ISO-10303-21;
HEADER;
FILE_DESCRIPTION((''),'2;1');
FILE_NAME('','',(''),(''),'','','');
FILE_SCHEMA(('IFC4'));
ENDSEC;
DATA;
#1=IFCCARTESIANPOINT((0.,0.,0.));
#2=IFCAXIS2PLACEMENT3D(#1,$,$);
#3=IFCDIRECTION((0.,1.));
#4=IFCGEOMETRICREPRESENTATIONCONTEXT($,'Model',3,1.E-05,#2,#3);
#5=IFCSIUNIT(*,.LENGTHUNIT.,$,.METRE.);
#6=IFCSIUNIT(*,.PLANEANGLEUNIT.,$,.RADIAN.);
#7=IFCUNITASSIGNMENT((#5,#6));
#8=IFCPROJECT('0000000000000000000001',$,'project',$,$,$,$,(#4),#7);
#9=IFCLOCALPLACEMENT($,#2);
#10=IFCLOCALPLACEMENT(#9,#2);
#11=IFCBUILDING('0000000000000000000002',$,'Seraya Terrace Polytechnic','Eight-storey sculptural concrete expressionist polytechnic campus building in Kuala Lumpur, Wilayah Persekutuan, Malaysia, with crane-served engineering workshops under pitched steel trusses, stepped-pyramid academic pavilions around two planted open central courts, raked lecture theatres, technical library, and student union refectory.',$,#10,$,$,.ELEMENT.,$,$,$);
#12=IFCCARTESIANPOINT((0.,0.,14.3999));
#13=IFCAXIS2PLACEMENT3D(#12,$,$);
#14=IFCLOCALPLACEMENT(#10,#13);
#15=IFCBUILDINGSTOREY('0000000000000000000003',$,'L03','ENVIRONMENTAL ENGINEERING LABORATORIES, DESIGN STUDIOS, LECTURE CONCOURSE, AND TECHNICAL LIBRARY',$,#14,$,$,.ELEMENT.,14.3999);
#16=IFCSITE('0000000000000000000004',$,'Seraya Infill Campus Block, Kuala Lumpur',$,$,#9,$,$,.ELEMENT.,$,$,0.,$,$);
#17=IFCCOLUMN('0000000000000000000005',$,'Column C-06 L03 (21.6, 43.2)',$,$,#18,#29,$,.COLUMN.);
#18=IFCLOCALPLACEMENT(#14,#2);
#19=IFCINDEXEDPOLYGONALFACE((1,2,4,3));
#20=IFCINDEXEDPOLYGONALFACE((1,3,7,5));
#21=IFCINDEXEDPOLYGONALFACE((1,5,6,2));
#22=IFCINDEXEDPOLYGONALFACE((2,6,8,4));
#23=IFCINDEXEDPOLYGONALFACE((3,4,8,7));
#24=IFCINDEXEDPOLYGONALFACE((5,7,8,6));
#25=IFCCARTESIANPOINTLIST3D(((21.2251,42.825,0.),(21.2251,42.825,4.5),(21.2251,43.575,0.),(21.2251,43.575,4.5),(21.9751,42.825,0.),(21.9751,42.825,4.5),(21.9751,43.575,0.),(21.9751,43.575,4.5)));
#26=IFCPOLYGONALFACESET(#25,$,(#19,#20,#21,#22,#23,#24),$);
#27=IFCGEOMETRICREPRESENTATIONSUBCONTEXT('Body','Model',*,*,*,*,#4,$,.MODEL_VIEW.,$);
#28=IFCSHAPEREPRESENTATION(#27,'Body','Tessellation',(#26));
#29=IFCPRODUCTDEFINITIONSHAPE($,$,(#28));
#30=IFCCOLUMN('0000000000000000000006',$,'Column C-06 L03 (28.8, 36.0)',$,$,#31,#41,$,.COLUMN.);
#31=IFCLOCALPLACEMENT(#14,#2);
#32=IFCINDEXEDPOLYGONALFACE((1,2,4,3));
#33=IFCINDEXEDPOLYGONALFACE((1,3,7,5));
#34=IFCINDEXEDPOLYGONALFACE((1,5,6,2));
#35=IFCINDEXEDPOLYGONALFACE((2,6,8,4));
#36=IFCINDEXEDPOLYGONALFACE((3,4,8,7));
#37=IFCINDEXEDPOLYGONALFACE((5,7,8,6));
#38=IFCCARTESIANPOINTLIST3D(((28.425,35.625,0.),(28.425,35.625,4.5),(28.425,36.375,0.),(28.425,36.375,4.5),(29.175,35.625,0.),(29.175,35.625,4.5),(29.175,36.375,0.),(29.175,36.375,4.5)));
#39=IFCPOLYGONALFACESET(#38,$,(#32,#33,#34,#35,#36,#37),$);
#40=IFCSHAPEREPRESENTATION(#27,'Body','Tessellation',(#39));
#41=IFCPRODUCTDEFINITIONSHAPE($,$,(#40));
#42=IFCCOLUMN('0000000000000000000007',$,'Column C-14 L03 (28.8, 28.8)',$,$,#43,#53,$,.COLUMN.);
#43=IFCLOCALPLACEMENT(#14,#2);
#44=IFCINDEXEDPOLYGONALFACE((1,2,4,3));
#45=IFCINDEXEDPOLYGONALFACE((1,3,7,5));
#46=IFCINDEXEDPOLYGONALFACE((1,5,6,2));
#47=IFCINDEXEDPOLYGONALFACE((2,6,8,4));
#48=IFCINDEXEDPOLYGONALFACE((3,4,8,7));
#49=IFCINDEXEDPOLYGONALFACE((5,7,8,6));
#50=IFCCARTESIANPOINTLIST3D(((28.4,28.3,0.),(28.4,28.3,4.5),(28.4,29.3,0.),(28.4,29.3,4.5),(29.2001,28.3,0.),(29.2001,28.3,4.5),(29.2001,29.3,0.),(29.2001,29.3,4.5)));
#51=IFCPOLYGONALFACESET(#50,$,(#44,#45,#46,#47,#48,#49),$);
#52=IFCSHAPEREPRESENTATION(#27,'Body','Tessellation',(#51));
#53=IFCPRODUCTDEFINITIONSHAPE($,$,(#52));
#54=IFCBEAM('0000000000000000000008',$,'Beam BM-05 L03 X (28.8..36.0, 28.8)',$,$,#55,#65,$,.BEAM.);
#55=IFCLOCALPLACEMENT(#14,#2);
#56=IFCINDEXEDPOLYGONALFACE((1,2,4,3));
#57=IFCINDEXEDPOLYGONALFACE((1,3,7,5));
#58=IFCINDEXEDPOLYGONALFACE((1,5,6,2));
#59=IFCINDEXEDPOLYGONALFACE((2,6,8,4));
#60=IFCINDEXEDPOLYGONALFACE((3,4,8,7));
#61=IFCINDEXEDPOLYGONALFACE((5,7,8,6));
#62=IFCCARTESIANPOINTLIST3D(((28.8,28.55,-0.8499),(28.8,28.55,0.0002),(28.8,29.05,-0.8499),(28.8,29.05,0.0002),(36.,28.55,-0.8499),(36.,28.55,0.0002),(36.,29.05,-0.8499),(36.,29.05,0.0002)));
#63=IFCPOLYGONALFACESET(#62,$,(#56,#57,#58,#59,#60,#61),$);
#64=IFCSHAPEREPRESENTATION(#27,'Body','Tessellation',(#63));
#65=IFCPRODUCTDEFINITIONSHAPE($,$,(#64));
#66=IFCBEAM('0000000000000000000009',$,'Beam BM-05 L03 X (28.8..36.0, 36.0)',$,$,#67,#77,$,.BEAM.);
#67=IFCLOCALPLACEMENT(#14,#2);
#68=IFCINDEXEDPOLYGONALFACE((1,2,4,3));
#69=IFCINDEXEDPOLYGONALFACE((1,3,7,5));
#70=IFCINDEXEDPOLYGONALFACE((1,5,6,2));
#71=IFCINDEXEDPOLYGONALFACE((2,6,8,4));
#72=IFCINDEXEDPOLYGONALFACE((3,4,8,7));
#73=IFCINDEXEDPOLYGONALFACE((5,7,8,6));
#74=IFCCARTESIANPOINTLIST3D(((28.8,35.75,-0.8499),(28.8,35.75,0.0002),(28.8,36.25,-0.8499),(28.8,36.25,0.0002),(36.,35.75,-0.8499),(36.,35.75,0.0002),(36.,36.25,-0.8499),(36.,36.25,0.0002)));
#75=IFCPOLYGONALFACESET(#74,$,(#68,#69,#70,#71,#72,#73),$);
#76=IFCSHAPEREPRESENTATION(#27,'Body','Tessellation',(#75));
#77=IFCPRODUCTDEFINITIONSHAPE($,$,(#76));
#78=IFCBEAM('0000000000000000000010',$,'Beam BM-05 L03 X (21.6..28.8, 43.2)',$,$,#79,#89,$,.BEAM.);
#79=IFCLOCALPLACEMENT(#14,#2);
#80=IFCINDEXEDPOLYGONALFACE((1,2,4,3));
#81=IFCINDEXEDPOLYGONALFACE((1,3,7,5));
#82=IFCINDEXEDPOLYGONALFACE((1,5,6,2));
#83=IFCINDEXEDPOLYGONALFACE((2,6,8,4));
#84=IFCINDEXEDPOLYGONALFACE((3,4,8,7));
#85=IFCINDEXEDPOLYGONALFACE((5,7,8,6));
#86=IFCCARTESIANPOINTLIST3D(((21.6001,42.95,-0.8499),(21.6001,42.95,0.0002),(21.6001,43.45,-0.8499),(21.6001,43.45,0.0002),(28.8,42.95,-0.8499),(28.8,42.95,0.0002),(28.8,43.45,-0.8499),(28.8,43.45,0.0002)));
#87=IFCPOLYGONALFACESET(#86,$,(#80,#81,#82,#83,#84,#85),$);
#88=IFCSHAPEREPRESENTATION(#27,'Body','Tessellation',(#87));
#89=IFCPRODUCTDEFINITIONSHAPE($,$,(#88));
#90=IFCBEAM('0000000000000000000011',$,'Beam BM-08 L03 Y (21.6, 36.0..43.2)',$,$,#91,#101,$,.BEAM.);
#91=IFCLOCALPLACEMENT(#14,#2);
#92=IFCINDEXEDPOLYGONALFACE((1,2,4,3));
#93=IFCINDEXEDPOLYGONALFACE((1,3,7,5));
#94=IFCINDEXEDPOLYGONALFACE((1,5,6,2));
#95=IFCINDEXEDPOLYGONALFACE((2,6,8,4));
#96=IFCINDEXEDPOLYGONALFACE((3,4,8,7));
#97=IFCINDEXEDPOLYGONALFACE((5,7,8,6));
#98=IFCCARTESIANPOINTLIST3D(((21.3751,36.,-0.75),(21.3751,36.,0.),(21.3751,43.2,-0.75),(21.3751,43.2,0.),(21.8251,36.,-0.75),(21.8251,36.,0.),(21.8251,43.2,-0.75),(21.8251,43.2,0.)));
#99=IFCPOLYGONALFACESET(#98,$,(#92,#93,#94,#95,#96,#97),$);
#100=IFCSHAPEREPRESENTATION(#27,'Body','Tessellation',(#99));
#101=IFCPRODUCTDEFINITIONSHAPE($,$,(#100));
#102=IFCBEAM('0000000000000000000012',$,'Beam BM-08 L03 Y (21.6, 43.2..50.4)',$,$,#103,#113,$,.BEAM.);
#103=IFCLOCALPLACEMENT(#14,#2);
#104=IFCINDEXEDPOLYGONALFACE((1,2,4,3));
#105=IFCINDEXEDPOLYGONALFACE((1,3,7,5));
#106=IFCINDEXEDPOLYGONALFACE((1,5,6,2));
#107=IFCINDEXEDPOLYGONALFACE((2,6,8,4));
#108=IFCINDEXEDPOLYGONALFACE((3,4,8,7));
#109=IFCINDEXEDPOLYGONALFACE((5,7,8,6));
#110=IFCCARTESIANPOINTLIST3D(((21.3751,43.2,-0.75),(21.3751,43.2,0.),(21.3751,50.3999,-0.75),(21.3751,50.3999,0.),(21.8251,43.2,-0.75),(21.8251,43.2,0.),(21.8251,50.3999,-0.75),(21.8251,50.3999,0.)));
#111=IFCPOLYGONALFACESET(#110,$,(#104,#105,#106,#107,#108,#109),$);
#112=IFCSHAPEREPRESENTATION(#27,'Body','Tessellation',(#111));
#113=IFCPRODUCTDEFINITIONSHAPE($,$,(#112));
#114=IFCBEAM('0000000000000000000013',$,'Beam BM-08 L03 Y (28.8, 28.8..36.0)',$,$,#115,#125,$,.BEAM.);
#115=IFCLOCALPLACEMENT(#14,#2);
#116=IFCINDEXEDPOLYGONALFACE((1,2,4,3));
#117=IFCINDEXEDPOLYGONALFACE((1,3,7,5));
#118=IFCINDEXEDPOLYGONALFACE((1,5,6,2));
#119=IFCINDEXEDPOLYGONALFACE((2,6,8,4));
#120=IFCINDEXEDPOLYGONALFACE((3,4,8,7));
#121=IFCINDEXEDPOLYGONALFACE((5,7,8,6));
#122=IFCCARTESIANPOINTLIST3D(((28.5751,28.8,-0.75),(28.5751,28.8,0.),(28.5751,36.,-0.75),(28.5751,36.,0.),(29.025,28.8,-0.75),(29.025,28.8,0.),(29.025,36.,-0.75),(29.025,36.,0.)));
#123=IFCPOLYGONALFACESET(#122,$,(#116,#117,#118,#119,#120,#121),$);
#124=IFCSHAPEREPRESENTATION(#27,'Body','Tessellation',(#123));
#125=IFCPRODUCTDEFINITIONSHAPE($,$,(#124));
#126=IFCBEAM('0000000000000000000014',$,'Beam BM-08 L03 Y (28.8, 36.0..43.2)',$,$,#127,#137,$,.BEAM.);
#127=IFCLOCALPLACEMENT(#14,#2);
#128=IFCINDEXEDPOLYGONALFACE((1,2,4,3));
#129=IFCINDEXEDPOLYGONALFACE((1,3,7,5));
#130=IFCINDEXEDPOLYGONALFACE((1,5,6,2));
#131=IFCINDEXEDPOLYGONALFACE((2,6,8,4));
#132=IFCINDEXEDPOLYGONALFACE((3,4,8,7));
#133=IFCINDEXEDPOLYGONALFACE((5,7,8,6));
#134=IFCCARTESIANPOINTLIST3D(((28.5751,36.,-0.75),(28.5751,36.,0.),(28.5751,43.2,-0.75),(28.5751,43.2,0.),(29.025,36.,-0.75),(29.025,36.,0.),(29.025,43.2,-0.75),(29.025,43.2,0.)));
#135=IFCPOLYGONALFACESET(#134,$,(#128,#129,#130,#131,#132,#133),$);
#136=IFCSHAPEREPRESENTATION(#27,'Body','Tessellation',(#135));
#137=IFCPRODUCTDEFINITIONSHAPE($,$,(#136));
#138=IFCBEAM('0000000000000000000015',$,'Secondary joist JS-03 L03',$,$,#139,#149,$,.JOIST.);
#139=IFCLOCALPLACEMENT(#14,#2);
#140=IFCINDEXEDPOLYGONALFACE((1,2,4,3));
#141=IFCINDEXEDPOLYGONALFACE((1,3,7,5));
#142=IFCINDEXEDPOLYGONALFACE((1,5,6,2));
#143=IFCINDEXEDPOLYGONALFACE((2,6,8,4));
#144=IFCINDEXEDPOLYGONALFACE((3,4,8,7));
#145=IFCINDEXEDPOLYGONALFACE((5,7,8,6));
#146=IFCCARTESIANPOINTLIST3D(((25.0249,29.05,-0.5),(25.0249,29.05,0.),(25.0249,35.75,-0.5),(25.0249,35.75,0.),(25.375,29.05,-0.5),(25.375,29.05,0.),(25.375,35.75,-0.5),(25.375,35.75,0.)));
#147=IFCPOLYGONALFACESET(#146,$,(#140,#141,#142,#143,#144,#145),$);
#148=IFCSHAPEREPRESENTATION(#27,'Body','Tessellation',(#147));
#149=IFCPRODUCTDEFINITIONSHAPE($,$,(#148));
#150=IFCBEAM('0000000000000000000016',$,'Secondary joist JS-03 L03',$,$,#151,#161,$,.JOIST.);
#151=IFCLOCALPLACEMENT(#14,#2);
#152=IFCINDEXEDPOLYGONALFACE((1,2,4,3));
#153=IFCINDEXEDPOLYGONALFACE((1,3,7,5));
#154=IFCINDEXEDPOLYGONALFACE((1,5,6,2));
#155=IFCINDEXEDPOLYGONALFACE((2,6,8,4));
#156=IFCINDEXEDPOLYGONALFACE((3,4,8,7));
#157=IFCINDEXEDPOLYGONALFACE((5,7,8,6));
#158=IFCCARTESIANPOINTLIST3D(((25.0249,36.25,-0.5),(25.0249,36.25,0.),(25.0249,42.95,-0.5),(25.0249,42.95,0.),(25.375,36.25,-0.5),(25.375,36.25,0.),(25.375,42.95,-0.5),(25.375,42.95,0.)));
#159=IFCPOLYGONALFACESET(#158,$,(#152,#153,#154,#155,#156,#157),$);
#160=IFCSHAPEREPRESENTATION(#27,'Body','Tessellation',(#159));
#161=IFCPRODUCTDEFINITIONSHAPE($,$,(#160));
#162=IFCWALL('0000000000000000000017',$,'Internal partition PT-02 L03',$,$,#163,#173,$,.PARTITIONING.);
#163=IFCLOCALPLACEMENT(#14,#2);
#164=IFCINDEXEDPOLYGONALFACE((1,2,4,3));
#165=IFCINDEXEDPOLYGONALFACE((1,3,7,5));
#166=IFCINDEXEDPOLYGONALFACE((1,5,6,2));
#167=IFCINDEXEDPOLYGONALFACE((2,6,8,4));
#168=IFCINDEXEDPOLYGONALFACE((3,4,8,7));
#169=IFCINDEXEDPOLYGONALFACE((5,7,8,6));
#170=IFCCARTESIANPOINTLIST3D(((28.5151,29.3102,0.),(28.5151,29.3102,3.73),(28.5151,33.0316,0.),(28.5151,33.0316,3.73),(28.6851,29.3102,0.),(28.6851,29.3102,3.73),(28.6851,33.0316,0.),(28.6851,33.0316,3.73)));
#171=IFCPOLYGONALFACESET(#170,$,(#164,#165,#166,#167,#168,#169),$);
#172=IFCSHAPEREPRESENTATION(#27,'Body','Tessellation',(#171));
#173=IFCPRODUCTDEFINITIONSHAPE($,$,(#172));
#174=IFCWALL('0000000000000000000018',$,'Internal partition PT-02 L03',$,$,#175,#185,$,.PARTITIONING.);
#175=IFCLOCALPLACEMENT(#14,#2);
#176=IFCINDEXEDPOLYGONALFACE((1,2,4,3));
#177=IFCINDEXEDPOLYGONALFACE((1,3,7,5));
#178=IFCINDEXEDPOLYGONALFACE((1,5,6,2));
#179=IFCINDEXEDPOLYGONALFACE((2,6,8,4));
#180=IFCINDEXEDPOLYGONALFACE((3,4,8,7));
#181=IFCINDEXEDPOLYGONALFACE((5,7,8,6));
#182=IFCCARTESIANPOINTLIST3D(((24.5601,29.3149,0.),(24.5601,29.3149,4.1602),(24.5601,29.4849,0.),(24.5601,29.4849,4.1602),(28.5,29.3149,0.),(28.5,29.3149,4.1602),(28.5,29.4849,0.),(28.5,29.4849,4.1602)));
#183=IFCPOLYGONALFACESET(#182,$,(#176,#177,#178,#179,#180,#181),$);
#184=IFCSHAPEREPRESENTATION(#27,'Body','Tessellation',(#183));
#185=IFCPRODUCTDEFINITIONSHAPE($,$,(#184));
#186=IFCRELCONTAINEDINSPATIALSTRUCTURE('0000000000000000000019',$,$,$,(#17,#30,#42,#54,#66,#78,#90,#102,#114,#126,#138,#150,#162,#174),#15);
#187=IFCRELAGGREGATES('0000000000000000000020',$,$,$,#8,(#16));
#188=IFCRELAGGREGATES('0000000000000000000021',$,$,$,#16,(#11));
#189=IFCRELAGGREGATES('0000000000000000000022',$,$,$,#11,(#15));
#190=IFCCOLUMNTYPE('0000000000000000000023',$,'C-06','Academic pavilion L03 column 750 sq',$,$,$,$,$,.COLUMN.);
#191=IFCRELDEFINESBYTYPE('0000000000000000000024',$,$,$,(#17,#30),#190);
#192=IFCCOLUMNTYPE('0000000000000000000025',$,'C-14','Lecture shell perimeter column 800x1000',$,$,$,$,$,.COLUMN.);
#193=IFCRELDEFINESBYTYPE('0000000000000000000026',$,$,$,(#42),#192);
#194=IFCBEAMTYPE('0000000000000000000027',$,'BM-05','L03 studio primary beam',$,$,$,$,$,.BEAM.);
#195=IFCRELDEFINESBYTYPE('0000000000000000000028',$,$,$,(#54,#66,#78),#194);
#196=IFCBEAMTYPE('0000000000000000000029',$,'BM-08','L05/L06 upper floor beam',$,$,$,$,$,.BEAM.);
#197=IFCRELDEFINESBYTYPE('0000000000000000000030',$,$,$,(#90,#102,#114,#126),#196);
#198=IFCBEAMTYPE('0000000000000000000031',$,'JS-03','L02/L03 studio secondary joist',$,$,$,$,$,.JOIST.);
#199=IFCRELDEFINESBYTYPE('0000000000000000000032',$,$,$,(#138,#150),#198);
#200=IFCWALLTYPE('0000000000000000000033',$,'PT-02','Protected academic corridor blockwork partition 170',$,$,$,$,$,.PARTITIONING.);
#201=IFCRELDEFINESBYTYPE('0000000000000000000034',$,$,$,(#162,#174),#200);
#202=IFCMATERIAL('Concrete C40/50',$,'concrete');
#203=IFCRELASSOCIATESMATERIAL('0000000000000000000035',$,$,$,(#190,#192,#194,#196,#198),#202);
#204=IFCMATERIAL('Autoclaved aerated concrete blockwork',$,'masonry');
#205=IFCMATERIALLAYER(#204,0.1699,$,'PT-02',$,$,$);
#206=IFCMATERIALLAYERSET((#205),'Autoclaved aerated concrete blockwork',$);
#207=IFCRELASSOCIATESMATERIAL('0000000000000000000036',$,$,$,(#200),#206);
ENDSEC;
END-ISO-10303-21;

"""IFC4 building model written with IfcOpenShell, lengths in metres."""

from ifc_helpers import new_model, si_unit, direction, frame, frame_2d, origin, origin_2d, place, context, subcontext, project, spatial, rectangle, extrude, material, layer, layer_set, material_profile, profile_set, type_object, element, save


model = new_model("IFC4")

# Units and contexts
model_context = context("Model", 3, precision=1e-05, world=origin(), true_north=direction((0.0, 1.0)))
body_context = subcontext(model_context, "Body", "Model", "MODEL_VIEW")
ifc_project = project(units=[si_unit("LENGTHUNIT", "METRE"), si_unit("PLANEANGLEUNIT", "RADIAN")], contexts=[model_context])

# Site, building, storey
site_placement = place(None, origin())
site = spatial("IfcSite", under=ifc_project, at=site_placement, Name="Seraya Infill Campus Block, Kuala Lumpur", CompositionType="ELEMENT", RefElevation=0.0)
building_placement = place(site_placement, origin())
building = spatial("IfcBuilding", under=site, at=building_placement, Name="Seraya Terrace Polytechnic", Description="Eight-storey sculptural concrete expressionist polytechnic campus building in Kuala Lumpur, Wilayah Persekutuan, Malaysia, with crane-served engineering workshops under pitched steel trusses, stepped-pyramid academic pavilions around two planted open central courts, raked lecture theatres, technical library, and student union refectory.", CompositionType="ELEMENT")
storey_placement = place(building_placement, frame((0.0, 0.0, 14.3999)))
storey = spatial("IfcBuildingStorey", under=building, at=storey_placement, Name="L03", Description="ENVIRONMENTAL ENGINEERING LABORATORIES, DESIGN STUDIOS, LECTURE CONCOURSE, AND TECHNICAL LIBRARY", CompositionType="ELEMENT", Elevation=14.3999)

# Columns
ifc_material_1 = material(Name="Concrete C40/50", Category="concrete")
ifc_material_profile_1 = material_profile(ifc_material_1, rectangle(XDim=0.75, YDim=0.75, at=origin_2d()), Name="RC 750x750")
ifc_profile_set_1 = profile_set([ifc_material_profile_1], Name="Concrete C40/50")
column_type_1 = type_object("IfcColumnType", Name="C-06", Description="Academic pavilion L03 column 750 sq", PredefinedType="COLUMN", material=ifc_profile_set_1)
for number, where, z_axis, x_axis, name in (
    (1, (21.6001, 43.2, 0.0), (0.0, 0.0, 1.0), (1.0, 0.0, 0.0), "Column C-06 L03 (21.6, 43.2)"),
    (2, (28.8, 36.0, 0.0), (0.0, 0.0, 1.0), (1.0, 0.0, 0.0), "Column C-06 L03 (28.8, 36.0)"),
):
    element("IfcColumn", number, at=place(storey_placement, frame(where, z_axis=z_axis, x_axis=x_axis)), inside=storey, type_object=column_type_1, Name=name, PredefinedType="COLUMN", context=body_context, shape_type="SweptSolid", body=[
        extrude(rectangle(XDim=0.75, YDim=0.75, at=origin_2d()), origin(), (0.0, 0.0, 1.0), 4.5),
    ])
ifc_material_profile_2 = material_profile(ifc_material_1, rectangle(XDim=0.8, YDim=1.0, at=origin_2d()), Name="RC 800x1000")
ifc_profile_set_2 = profile_set([ifc_material_profile_2], Name="Concrete C40/50")
column_type_2 = type_object("IfcColumnType", Name="C-14", Description="Lecture shell perimeter column 800x1000", PredefinedType="COLUMN", material=ifc_profile_set_2)
column_placement = place(storey_placement, frame((28.8, 28.8, 0.0), z_axis=(0.0, 0.0, 1.0), x_axis=(1.0, 0.0, 0.0)))
element("IfcColumn", 3, at=column_placement, inside=storey, type_object=column_type_2, Name="Column C-14 L03 (28.8, 28.8)", PredefinedType="COLUMN", context=body_context, shape_type="SweptSolid", body=[
    extrude(rectangle(XDim=0.8, YDim=1.0, at=origin_2d()), origin(), (0.0, 0.0, 1.0), 4.5),
])

# Beams
ifc_material_profile_3 = material_profile(ifc_material_1, rectangle(XDim=0.5, YDim=0.8501, at=origin_2d()), Name="RC 500x850")
ifc_profile_set_3 = profile_set([ifc_material_profile_3], Name="Concrete C40/50")
beam_type_1 = type_object("IfcBeamType", Name="BM-05", Description="L03 studio primary beam", PredefinedType="BEAM", material=ifc_profile_set_3)
for number, where, z_axis, x_axis, name in (
    (4, (28.8, 28.8, -0.4248), (1.0, 0.0, 0.0), (0.0, 1.0, 0.0), "Beam BM-05 L03 X (28.8..36.0, 28.8)"),
    (5, (28.8, 36.0, -0.4248), (1.0, 0.0, 0.0), (0.0, 1.0, 0.0), "Beam BM-05 L03 X (28.8..36.0, 36.0)"),
    (6, (21.6001, 43.2, -0.4248), (1.0, 0.0, 0.0), (0.0, 1.0, 0.0), "Beam BM-05 L03 X (21.6..28.8, 43.2)"),
):
    element("IfcBeam", number, at=place(storey_placement, frame(where, z_axis=z_axis, x_axis=x_axis)), inside=storey, type_object=beam_type_1, Name=name, PredefinedType="BEAM", context=body_context, shape_type="SweptSolid", body=[
        extrude(rectangle(XDim=0.5, YDim=0.8501, at=origin_2d()), origin(), (0.0, 0.0, 1.0), 7.2),
    ])
ifc_material_profile_4 = material_profile(ifc_material_1, rectangle(XDim=0.45, YDim=0.75, at=origin_2d()), Name="RC 450x750")
ifc_profile_set_4 = profile_set([ifc_material_profile_4], Name="Concrete C40/50")
beam_type_2 = type_object("IfcBeamType", Name="BM-08", Description="L05/L06 upper floor beam", PredefinedType="BEAM", material=ifc_profile_set_4)
for number, where, z_axis, x_axis, name in (
    (7, (21.6001, 36.0, -0.375), (0.0, 1.0, 0.0), (-1.0, 0.0, 0.0), "Beam BM-08 L03 Y (21.6, 36.0..43.2)"),
    (8, (21.6001, 43.2, -0.375), (0.0, 1.0, 0.0), (-1.0, 0.0, 0.0), "Beam BM-08 L03 Y (21.6, 43.2..50.4)"),
    (9, (28.8, 28.8, -0.375), (0.0, 1.0, 0.0), (-1.0, 0.0, 0.0), "Beam BM-08 L03 Y (28.8, 28.8..36.0)"),
    (10, (28.8, 36.0, -0.375), (0.0, 1.0, 0.0), (-1.0, 0.0, 0.0), "Beam BM-08 L03 Y (28.8, 36.0..43.2)"),
):
    element("IfcBeam", number, at=place(storey_placement, frame(where, z_axis=z_axis, x_axis=x_axis)), inside=storey, type_object=beam_type_2, Name=name, PredefinedType="BEAM", context=body_context, shape_type="SweptSolid", body=[
        extrude(rectangle(XDim=0.45, YDim=0.75, at=origin_2d()), origin(), (0.0, 0.0, 1.0), 7.2),
    ])
ifc_material_profile_5 = material_profile(ifc_material_1, rectangle(XDim=0.3501, YDim=0.5, at=origin_2d()), Name="RC 350x500")
ifc_profile_set_5 = profile_set([ifc_material_profile_5], Name="Concrete C40/50")
beam_type_3 = type_object("IfcBeamType", Name="JS-03", Description="L02/L03 studio secondary joist", PredefinedType="JOIST", material=ifc_profile_set_5)
for number, where, z_axis, x_axis, name in (
    (11, (25.2, 29.05, -0.25), (0.0, 1.0, 0.0), (-1.0, 0.0, 0.0), "Secondary joist JS-03 L03"),
    (12, (25.2, 36.25, -0.25), (0.0, 1.0, 0.0), (-1.0, 0.0, 0.0), "Secondary joist JS-03 L03"),
):
    element("IfcBeam", number, at=place(storey_placement, frame(where, z_axis=z_axis, x_axis=x_axis)), inside=storey, type_object=beam_type_3, Name=name, PredefinedType="JOIST", context=body_context, shape_type="SweptSolid", body=[
        extrude(rectangle(XDim=0.3501, YDim=0.5, at=origin_2d()), origin(), (0.0, 0.0, 1.0), 6.7),
    ])

# Walls
ifc_material_2 = material(Name="Autoclaved aerated concrete blockwork", Category="masonry")
ifc_layer_1 = layer(ifc_material_2, 0.1699, Name="PT-02")
ifc_layer_set_1 = layer_set([ifc_layer_1], Name="Autoclaved aerated concrete blockwork")
wall_type_1 = type_object("IfcWallType", Name="PT-02", Description="Protected academic corridor blockwork partition 170", PredefinedType="PARTITIONING", material=ifc_layer_set_1)
wall_1_placement = place(storey_placement, frame((28.6001, 29.3101, 0.0), z_axis=(0.0, 0.0, 1.0), x_axis=(0.0, 1.0, 0.0)))
element("IfcWall", 13, at=wall_1_placement, inside=storey, type_object=wall_type_1, Name="Internal partition PT-02 L03", PredefinedType="PARTITIONING", context=body_context, shape_type="SweptSolid", body=[
    extrude(rectangle(XDim=3.7214, YDim=0.1699, at=frame_2d((1.8608, 0.0))), origin(), (0.0, 0.0, 1.0), 3.73),
])
wall_2_placement = place(storey_placement, frame((24.5601, 29.3999, 0.0), z_axis=(0.0, 0.0, 1.0), x_axis=(1.0, 0.0, 0.0)))
element("IfcWall", 14, at=wall_2_placement, inside=storey, type_object=wall_type_1, Name="Internal partition PT-02 L03", PredefinedType="PARTITIONING", context=body_context, shape_type="SweptSolid", body=[
    extrude(rectangle(XDim=3.9399, YDim=0.1699, at=frame_2d((1.97, 0.0))), origin(), (0.0, 0.0, 1.0), 4.1602),
])

save(model, "model.ifc")
